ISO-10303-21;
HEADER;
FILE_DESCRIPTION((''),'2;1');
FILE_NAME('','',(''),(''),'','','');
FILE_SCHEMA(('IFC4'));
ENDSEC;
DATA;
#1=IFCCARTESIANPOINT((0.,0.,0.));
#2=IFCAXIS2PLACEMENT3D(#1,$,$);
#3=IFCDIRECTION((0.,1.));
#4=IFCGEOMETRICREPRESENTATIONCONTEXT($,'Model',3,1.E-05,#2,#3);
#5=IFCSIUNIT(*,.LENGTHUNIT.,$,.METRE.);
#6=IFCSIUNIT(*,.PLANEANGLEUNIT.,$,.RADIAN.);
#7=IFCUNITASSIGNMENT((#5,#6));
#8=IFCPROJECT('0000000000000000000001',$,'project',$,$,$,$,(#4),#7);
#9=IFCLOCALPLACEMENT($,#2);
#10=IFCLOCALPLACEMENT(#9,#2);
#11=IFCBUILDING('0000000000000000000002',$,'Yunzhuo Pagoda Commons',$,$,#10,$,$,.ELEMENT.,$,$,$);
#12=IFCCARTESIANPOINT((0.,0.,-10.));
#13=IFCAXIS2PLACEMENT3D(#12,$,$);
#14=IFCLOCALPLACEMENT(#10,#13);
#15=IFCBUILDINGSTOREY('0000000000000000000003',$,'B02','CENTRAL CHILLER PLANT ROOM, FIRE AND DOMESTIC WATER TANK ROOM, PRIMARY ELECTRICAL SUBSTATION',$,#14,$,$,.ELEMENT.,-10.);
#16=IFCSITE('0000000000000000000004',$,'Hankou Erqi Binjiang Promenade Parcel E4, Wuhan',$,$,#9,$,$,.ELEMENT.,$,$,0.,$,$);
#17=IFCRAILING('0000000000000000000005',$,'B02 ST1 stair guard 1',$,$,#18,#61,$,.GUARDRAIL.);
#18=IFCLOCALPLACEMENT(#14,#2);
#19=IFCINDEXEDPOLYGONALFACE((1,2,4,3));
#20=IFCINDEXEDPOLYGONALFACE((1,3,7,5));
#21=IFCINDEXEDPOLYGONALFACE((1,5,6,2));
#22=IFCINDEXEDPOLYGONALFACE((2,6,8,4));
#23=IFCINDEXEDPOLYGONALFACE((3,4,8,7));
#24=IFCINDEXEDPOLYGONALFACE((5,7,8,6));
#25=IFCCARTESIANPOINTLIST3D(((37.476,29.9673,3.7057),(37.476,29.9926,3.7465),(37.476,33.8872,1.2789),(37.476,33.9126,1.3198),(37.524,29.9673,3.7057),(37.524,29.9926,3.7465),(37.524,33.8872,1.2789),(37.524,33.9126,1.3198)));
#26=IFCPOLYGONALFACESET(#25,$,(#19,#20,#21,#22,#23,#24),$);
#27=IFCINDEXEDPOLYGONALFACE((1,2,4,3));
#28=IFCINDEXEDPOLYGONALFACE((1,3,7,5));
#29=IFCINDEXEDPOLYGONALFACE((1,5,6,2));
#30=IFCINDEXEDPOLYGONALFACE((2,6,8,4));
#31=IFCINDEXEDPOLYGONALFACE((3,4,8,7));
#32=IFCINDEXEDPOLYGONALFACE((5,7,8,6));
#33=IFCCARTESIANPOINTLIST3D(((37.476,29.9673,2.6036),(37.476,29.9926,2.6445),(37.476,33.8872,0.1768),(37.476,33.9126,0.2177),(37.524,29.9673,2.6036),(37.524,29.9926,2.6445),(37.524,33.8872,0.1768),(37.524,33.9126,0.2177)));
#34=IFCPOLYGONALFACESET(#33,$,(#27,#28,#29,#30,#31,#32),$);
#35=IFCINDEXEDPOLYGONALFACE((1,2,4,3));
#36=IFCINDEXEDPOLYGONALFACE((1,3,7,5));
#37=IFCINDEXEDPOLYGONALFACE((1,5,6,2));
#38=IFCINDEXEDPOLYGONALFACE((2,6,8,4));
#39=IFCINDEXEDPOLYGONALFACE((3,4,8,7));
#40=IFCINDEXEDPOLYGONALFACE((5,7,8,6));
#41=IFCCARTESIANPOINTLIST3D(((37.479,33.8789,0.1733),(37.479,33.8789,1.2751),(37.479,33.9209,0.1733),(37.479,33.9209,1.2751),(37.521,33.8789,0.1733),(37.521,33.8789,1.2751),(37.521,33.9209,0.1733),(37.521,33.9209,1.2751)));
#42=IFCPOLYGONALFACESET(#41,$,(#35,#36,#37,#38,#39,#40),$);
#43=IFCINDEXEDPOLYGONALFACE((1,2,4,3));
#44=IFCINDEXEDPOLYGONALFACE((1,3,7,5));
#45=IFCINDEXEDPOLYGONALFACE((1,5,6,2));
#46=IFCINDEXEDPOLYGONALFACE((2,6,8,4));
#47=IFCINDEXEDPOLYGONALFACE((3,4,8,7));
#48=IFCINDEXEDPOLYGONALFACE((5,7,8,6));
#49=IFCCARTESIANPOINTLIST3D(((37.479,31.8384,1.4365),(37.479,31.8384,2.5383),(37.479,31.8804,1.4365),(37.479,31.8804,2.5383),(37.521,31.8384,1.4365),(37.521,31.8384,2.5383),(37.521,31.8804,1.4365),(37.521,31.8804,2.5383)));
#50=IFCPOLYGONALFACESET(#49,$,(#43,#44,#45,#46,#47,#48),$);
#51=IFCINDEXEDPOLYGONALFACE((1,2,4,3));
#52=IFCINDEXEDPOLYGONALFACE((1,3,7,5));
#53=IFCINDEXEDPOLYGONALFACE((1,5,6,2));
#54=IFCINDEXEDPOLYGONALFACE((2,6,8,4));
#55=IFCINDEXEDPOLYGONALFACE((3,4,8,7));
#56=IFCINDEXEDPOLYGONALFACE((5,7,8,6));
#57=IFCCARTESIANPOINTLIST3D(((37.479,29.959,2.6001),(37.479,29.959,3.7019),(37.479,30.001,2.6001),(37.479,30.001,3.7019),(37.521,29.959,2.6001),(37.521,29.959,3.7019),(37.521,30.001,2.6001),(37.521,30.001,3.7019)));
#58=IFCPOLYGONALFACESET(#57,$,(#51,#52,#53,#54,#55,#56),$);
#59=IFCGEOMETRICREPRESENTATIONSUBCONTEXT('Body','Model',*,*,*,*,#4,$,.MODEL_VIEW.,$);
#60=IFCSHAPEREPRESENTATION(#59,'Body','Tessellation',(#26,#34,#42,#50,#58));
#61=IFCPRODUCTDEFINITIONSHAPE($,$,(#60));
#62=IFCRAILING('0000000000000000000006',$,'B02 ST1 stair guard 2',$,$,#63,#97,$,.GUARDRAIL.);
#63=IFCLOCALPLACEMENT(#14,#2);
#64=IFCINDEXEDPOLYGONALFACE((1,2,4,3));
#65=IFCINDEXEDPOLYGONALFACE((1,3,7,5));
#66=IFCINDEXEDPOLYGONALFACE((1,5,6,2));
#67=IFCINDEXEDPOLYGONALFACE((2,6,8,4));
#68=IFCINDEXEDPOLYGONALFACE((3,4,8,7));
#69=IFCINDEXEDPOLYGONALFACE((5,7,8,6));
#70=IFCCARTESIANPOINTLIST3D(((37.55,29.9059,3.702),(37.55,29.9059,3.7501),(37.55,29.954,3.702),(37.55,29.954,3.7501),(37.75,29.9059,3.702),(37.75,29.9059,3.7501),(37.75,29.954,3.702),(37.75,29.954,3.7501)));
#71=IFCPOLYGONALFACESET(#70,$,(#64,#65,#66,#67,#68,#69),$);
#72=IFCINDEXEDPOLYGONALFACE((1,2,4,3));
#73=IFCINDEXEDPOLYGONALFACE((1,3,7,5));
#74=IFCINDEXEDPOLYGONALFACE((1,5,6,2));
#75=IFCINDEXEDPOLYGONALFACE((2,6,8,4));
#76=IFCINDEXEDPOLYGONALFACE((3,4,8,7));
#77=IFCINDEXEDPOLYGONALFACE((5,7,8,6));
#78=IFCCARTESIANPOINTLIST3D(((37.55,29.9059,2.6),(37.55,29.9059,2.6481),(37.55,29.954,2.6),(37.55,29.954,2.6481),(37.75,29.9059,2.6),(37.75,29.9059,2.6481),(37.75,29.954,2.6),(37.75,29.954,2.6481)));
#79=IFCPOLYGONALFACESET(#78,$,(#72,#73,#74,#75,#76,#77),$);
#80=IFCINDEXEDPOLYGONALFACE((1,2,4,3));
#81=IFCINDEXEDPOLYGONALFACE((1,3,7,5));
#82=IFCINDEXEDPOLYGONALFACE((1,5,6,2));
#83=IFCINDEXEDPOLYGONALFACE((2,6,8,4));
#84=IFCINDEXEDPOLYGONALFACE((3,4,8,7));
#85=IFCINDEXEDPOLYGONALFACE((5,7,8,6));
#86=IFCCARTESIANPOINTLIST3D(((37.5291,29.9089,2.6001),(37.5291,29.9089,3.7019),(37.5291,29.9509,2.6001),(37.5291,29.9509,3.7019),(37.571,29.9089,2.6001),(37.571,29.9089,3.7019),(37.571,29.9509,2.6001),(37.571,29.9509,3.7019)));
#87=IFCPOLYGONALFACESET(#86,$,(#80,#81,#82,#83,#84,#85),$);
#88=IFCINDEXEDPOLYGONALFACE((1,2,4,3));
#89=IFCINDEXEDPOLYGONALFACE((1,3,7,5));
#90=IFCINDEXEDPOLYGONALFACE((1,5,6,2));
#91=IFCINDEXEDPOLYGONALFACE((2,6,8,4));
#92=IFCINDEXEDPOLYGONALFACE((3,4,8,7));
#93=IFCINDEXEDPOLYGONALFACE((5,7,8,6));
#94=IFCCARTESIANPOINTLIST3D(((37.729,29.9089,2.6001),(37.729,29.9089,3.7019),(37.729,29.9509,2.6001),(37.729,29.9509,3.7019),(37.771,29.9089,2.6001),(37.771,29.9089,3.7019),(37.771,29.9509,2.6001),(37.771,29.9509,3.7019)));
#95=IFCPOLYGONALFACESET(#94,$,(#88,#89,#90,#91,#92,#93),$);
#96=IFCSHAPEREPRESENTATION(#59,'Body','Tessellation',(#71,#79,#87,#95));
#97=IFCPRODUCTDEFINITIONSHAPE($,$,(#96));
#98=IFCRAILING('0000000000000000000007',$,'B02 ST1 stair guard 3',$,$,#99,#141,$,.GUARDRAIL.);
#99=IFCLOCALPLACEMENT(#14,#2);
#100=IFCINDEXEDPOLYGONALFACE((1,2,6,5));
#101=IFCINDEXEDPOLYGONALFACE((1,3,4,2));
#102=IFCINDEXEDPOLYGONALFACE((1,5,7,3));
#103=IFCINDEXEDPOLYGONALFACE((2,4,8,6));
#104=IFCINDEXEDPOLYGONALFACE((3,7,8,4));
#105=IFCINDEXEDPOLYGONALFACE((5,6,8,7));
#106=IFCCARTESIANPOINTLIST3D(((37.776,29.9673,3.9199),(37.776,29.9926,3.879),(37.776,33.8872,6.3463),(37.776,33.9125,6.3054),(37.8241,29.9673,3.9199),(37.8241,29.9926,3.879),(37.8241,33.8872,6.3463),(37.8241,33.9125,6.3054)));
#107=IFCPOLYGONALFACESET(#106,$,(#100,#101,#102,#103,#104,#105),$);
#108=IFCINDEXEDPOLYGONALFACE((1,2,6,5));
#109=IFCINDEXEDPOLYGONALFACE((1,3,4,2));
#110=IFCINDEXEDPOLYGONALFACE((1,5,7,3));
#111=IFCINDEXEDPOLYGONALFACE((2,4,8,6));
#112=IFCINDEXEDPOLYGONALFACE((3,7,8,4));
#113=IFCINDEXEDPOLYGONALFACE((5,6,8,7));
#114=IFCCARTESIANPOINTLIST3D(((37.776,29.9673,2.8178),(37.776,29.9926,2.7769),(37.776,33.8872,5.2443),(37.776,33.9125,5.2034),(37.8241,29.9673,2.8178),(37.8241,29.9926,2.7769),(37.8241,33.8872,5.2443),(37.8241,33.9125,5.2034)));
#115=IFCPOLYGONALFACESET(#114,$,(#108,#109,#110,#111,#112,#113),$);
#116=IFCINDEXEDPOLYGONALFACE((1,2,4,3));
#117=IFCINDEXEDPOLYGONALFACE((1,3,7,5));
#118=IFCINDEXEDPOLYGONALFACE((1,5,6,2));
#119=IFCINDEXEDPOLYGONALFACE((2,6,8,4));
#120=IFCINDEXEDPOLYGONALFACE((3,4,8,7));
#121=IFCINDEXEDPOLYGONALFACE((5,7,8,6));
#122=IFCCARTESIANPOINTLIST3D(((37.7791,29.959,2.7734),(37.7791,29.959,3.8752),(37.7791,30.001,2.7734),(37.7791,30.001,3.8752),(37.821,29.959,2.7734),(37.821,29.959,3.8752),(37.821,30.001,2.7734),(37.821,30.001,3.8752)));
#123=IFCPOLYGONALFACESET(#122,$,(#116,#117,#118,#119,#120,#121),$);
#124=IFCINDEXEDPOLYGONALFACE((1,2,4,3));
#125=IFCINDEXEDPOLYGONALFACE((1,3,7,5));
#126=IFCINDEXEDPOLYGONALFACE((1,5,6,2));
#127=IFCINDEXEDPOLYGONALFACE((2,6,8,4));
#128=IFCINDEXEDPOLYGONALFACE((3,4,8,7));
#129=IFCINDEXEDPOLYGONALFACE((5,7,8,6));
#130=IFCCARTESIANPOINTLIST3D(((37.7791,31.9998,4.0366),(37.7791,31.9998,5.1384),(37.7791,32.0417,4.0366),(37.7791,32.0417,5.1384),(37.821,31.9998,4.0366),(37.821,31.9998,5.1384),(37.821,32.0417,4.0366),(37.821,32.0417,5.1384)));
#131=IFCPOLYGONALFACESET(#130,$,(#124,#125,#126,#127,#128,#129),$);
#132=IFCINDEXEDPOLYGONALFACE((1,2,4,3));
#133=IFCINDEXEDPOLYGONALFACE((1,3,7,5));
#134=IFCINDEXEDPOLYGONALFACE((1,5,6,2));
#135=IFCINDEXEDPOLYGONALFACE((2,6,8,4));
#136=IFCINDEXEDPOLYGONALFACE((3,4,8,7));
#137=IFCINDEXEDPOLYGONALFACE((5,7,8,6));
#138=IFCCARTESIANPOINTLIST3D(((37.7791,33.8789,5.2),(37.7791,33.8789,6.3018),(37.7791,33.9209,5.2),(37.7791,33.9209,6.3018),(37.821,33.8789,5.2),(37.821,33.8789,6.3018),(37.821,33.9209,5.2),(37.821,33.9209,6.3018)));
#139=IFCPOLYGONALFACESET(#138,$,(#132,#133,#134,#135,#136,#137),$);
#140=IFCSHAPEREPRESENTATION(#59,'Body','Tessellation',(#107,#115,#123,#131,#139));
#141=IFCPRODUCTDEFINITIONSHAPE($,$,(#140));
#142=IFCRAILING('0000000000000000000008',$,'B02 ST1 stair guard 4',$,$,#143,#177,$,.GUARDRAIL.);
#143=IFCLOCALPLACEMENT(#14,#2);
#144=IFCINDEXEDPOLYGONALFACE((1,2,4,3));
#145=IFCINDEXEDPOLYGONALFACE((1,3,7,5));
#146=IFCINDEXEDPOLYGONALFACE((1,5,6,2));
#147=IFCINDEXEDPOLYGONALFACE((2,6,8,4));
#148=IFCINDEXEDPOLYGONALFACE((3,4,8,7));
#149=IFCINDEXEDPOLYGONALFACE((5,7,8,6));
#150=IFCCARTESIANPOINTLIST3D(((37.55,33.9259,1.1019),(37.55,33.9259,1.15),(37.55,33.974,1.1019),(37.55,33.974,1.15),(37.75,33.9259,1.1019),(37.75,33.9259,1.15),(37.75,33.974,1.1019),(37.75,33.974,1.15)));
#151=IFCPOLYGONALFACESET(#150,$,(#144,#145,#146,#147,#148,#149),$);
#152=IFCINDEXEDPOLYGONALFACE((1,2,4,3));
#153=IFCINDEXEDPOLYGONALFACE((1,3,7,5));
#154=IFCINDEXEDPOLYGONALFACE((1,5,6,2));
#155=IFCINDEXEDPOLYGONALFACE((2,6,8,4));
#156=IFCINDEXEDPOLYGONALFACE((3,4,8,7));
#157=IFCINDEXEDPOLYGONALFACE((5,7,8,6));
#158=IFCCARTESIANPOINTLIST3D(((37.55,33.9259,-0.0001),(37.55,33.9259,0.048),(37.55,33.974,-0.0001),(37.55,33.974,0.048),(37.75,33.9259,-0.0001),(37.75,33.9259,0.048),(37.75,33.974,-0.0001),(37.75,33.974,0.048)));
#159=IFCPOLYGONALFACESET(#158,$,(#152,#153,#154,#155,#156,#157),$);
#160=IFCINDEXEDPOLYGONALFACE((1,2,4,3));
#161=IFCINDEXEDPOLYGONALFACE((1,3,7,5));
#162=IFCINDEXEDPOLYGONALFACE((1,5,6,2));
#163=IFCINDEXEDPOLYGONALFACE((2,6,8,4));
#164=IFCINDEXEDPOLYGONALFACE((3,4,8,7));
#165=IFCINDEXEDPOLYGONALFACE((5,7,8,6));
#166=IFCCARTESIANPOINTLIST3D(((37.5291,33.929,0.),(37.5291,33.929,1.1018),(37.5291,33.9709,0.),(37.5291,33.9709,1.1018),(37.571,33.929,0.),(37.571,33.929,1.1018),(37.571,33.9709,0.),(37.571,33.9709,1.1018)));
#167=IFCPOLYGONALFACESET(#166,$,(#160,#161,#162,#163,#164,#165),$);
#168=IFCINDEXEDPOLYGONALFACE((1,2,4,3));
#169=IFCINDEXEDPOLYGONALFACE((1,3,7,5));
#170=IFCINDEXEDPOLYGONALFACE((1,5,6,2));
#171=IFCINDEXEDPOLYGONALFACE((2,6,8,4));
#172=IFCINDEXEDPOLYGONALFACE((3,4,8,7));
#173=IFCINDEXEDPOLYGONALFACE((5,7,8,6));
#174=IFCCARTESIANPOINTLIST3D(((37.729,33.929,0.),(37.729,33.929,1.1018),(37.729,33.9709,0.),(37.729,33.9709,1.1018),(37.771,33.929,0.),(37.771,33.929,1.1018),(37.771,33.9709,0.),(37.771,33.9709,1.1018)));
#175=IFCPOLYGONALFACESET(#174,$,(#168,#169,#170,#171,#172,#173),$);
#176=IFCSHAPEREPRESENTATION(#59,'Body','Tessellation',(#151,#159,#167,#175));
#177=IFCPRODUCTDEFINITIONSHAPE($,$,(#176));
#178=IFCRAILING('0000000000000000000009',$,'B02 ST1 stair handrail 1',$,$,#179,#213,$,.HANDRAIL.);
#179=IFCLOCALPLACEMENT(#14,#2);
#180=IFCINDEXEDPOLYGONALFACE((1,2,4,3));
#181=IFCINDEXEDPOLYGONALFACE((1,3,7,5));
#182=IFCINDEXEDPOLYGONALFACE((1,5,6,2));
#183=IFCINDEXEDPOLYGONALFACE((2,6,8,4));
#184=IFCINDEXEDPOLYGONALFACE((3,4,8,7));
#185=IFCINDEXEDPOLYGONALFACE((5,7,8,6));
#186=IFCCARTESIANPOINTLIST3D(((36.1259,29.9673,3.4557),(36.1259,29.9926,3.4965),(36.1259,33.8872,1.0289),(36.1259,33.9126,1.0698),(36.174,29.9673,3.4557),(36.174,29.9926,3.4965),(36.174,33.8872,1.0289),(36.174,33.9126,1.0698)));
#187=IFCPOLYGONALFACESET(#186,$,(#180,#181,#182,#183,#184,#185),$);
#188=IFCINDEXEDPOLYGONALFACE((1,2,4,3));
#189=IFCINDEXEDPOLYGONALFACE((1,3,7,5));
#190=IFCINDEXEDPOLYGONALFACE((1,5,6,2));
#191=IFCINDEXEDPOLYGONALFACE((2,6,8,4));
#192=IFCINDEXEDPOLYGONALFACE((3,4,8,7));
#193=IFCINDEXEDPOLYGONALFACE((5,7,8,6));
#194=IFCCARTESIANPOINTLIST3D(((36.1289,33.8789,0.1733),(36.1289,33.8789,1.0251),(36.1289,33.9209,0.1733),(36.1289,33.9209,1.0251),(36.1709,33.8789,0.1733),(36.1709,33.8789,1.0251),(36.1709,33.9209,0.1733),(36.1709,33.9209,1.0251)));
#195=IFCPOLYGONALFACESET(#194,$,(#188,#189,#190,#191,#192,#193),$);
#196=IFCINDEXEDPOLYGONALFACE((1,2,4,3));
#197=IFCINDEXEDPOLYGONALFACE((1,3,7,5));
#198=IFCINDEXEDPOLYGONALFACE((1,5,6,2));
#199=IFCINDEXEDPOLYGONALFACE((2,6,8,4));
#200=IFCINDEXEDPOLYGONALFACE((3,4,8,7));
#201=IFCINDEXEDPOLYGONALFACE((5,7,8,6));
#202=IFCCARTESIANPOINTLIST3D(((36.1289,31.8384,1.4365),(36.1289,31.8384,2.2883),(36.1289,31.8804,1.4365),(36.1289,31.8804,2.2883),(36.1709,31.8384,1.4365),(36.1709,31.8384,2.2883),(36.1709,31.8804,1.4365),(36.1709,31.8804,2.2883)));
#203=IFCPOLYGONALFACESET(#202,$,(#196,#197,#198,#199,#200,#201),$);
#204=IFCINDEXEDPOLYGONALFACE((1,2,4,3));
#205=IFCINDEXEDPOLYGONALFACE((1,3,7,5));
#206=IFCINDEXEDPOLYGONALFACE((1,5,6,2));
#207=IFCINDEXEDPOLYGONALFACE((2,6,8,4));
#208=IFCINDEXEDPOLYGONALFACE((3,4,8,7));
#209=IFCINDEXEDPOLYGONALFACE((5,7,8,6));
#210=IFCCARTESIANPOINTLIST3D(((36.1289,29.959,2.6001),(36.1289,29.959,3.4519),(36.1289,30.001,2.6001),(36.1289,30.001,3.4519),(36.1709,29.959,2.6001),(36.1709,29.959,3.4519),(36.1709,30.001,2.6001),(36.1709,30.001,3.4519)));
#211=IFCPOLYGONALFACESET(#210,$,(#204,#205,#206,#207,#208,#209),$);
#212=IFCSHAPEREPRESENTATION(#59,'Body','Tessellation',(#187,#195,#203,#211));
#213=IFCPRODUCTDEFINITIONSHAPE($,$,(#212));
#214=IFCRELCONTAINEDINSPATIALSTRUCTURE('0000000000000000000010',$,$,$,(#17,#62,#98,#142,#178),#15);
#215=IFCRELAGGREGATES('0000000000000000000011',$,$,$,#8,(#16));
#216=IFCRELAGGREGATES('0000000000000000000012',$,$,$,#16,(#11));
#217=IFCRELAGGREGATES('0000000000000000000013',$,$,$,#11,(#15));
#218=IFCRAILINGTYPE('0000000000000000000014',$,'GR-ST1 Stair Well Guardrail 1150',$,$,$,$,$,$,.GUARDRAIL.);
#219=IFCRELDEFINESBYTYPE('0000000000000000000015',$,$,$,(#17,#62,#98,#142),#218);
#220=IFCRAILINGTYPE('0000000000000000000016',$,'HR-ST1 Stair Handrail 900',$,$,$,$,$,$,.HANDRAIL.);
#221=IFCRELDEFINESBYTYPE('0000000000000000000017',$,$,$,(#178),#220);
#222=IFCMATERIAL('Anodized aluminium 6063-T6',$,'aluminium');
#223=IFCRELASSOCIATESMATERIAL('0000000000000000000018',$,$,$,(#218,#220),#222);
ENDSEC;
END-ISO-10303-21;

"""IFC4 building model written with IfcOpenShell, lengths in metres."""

from ifc_helpers import new_model, si_unit, direction, frame, origin, origin_2d, place, context, subcontext, project, spatial, rectangle, extrude, material, type_object, element, save


model = new_model("IFC4")

# Units and contexts
model_context = context("Model", 3, precision=1e-05, world=origin(), true_north=direction((0.0, 1.0)))
body_context = subcontext(model_context, "Body", "Model", "MODEL_VIEW")
ifc_project = project(units=[si_unit("LENGTHUNIT", "METRE"), si_unit("PLANEANGLEUNIT", "RADIAN")], contexts=[model_context])

# Site, building, storey
site_placement = place(None, origin())
site = spatial("IfcSite", under=ifc_project, at=site_placement, Name="Hankou Erqi Binjiang Promenade Parcel E4, Wuhan", CompositionType="ELEMENT", RefElevation=0.0)
building_placement = place(site_placement, origin())
building = spatial("IfcBuilding", under=site, at=building_placement, Name="Yunzhuo Pagoda Commons", CompositionType="ELEMENT")
storey_placement = place(building_placement, frame((0.0, 0.0, -10.0)))
storey = spatial("IfcBuildingStorey", under=building, at=storey_placement, Name="B02", Description="CENTRAL CHILLER PLANT ROOM, FIRE AND DOMESTIC WATER TANK ROOM, PRIMARY ELECTRICAL SUBSTATION", CompositionType="ELEMENT", Elevation=-10.0)

# Railings
ifc_material_1 = material(Name="Anodized aluminium 6063-T6", Category="aluminium")
railing_type_1 = type_object("IfcRailingType", Name="GR-ST1 Stair Well Guardrail 1150", PredefinedType="GUARDRAIL", material=ifc_material_1)
railing_1_placement = place(storey_placement, frame((37.5, 33.8999, 0.1733)))
element("IfcRailing", 1, at=railing_1_placement, inside=storey, type_object=railing_type_1, Name="B02 ST1 stair guard 1", PredefinedType="GUARDRAIL", context=body_context, shape_type="SweptSolid", body=[
    extrude(rectangle(XDim=0.0481, YDim=0.0481, at=origin_2d()), frame((0.0, 0.0, 1.126), z_axis=(0.0, -0.850252, 0.526376), x_axis=(1.0, 0.0, 0.0)), (0.0, 0.0, 1.0), 4.6104),
    extrude(rectangle(XDim=0.0481, YDim=0.0481, at=origin_2d()), frame((0.0, 0.0, 0.0239), z_axis=(0.0, -0.850252, 0.526376), x_axis=(1.0, 0.0, 0.0)), (0.0, 0.0, 1.0), 4.6104),
    extrude(rectangle(XDim=0.042, YDim=0.042, at=origin_2d()), origin(), (0.0, 0.0, 1.0), 1.1018),
    extrude(rectangle(XDim=0.042, YDim=0.042, at=origin_2d()), frame((0.0, -2.0405, 1.2632)), (0.0, 0.0, 1.0), 1.1018),
    extrude(rectangle(XDim=0.042, YDim=0.042, at=origin_2d()), frame((0.0, -3.9199, 2.4268)), (0.0, 0.0, 1.0), 1.1018),
])
railing_2_placement = place(storey_placement, frame((37.55, 29.9299, 2.6001)))
element("IfcRailing", 2, at=railing_2_placement, inside=storey, type_object=railing_type_1, Name="B02 ST1 stair guard 2", PredefinedType="GUARDRAIL", context=body_context, shape_type="SweptSolid", body=[
    extrude(rectangle(XDim=0.0481, YDim=0.0481, at=origin_2d()), frame((0.0, 0.0, 1.126), z_axis=(1.0, 0.0, 0.0), x_axis=(0.0, 1.0, 0.0)), (0.0, 0.0, 1.0), 0.2),
    extrude(rectangle(XDim=0.0481, YDim=0.0481, at=origin_2d()), frame((0.0, 0.0, 0.0239), z_axis=(1.0, 0.0, 0.0), x_axis=(0.0, 1.0, 0.0)), (0.0, 0.0, 1.0), 0.2),
    extrude(rectangle(XDim=0.042, YDim=0.042, at=origin_2d()), origin(), (0.0, 0.0, 1.0), 1.1018),
    extrude(rectangle(XDim=0.042, YDim=0.042, at=origin_2d()), frame((0.2, 0.0, 0.0)), (0.0, 0.0, 1.0), 1.1018),
])
railing_3_placement = place(storey_placement, frame((37.8, 29.98, 2.7734)))
element("IfcRailing", 3, at=railing_3_placement, inside=storey, type_object=railing_type_1, Name="B02 ST1 stair guard 3", PredefinedType="GUARDRAIL", context=body_context, shape_type="SweptSolid", body=[
    extrude(rectangle(XDim=0.0481, YDim=0.0481, at=origin_2d()), frame((0.0, 0.0, 1.126), z_axis=(0.0, 0.850275, 0.526338), x_axis=(-1.0, 0.0, 0.0)), (0.0, 0.0, 1.0), 4.6101),
    extrude(rectangle(XDim=0.0481, YDim=0.0481, at=origin_2d()), frame((0.0, 0.0, 0.0239), z_axis=(0.0, 0.850275, 0.526338), x_axis=(-1.0, 0.0, 0.0)), (0.0, 0.0, 1.0), 4.6101),
    extrude(rectangle(XDim=0.042, YDim=0.042, at=origin_2d()), origin(), (0.0, 0.0, 1.0), 1.1018),
    extrude(rectangle(XDim=0.042, YDim=0.042, at=origin_2d()), frame((0.0, 2.0408, 1.2632)), (0.0, 0.0, 1.0), 1.1018),
    extrude(rectangle(XDim=0.042, YDim=0.042, at=origin_2d()), frame((0.0, 3.9199, 2.4265)), (0.0, 0.0, 1.0), 1.1018),
])
railing_4_placement = place(storey_placement, frame((37.55, 33.95, 0.0)))
element("IfcRailing", 4, at=railing_4_placement, inside=storey, type_object=railing_type_1, Name="B02 ST1 stair guard 4", PredefinedType="GUARDRAIL", context=body_context, shape_type="SweptSolid", body=[
    extrude(rectangle(XDim=0.0481, YDim=0.0481, at=origin_2d()), frame((0.0, 0.0, 1.126), z_axis=(1.0, 0.0, 0.0), x_axis=(0.0, 1.0, 0.0)), (0.0, 0.0, 1.0), 0.2),
    extrude(rectangle(XDim=0.0481, YDim=0.0481, at=origin_2d()), frame((0.0, 0.0, 0.0239), z_axis=(1.0, 0.0, 0.0), x_axis=(0.0, 1.0, 0.0)), (0.0, 0.0, 1.0), 0.2),
    extrude(rectangle(XDim=0.042, YDim=0.042, at=origin_2d()), origin(), (0.0, 0.0, 1.0), 1.1018),
    extrude(rectangle(XDim=0.042, YDim=0.042, at=origin_2d()), frame((0.2, 0.0, 0.0)), (0.0, 0.0, 1.0), 1.1018),
])
railing_type_2 = type_object("IfcRailingType", Name="HR-ST1 Stair Handrail 900", PredefinedType="HANDRAIL", material=ifc_material_1)
railing_5_placement = place(storey_placement, frame((36.1499, 33.8999, 0.1733)))
element("IfcRailing", 5, at=railing_5_placement, inside=storey, type_object=railing_type_2, Name="B02 ST1 stair handrail 1", PredefinedType="HANDRAIL", context=body_context, shape_type="SweptSolid", body=[
    extrude(rectangle(XDim=0.0481, YDim=0.0481, at=origin_2d()), frame((0.0, 0.0, 0.876), z_axis=(0.0, -0.850252, 0.526376), x_axis=(1.0, 0.0, 0.0)), (0.0, 0.0, 1.0), 4.6104),
    extrude(rectangle(XDim=0.042, YDim=0.042, at=origin_2d()), origin(), (0.0, 0.0, 1.0), 0.8518),
    extrude(rectangle(XDim=0.042, YDim=0.042, at=origin_2d()), frame((0.0, -2.0405, 1.2632)), (0.0, 0.0, 1.0), 0.8518),
    extrude(rectangle(XDim=0.042, YDim=0.042, at=origin_2d()), frame((0.0, -3.9199, 2.4268)), (0.0, 0.0, 1.0), 0.8518),
])

save(model, "model.ifc")
